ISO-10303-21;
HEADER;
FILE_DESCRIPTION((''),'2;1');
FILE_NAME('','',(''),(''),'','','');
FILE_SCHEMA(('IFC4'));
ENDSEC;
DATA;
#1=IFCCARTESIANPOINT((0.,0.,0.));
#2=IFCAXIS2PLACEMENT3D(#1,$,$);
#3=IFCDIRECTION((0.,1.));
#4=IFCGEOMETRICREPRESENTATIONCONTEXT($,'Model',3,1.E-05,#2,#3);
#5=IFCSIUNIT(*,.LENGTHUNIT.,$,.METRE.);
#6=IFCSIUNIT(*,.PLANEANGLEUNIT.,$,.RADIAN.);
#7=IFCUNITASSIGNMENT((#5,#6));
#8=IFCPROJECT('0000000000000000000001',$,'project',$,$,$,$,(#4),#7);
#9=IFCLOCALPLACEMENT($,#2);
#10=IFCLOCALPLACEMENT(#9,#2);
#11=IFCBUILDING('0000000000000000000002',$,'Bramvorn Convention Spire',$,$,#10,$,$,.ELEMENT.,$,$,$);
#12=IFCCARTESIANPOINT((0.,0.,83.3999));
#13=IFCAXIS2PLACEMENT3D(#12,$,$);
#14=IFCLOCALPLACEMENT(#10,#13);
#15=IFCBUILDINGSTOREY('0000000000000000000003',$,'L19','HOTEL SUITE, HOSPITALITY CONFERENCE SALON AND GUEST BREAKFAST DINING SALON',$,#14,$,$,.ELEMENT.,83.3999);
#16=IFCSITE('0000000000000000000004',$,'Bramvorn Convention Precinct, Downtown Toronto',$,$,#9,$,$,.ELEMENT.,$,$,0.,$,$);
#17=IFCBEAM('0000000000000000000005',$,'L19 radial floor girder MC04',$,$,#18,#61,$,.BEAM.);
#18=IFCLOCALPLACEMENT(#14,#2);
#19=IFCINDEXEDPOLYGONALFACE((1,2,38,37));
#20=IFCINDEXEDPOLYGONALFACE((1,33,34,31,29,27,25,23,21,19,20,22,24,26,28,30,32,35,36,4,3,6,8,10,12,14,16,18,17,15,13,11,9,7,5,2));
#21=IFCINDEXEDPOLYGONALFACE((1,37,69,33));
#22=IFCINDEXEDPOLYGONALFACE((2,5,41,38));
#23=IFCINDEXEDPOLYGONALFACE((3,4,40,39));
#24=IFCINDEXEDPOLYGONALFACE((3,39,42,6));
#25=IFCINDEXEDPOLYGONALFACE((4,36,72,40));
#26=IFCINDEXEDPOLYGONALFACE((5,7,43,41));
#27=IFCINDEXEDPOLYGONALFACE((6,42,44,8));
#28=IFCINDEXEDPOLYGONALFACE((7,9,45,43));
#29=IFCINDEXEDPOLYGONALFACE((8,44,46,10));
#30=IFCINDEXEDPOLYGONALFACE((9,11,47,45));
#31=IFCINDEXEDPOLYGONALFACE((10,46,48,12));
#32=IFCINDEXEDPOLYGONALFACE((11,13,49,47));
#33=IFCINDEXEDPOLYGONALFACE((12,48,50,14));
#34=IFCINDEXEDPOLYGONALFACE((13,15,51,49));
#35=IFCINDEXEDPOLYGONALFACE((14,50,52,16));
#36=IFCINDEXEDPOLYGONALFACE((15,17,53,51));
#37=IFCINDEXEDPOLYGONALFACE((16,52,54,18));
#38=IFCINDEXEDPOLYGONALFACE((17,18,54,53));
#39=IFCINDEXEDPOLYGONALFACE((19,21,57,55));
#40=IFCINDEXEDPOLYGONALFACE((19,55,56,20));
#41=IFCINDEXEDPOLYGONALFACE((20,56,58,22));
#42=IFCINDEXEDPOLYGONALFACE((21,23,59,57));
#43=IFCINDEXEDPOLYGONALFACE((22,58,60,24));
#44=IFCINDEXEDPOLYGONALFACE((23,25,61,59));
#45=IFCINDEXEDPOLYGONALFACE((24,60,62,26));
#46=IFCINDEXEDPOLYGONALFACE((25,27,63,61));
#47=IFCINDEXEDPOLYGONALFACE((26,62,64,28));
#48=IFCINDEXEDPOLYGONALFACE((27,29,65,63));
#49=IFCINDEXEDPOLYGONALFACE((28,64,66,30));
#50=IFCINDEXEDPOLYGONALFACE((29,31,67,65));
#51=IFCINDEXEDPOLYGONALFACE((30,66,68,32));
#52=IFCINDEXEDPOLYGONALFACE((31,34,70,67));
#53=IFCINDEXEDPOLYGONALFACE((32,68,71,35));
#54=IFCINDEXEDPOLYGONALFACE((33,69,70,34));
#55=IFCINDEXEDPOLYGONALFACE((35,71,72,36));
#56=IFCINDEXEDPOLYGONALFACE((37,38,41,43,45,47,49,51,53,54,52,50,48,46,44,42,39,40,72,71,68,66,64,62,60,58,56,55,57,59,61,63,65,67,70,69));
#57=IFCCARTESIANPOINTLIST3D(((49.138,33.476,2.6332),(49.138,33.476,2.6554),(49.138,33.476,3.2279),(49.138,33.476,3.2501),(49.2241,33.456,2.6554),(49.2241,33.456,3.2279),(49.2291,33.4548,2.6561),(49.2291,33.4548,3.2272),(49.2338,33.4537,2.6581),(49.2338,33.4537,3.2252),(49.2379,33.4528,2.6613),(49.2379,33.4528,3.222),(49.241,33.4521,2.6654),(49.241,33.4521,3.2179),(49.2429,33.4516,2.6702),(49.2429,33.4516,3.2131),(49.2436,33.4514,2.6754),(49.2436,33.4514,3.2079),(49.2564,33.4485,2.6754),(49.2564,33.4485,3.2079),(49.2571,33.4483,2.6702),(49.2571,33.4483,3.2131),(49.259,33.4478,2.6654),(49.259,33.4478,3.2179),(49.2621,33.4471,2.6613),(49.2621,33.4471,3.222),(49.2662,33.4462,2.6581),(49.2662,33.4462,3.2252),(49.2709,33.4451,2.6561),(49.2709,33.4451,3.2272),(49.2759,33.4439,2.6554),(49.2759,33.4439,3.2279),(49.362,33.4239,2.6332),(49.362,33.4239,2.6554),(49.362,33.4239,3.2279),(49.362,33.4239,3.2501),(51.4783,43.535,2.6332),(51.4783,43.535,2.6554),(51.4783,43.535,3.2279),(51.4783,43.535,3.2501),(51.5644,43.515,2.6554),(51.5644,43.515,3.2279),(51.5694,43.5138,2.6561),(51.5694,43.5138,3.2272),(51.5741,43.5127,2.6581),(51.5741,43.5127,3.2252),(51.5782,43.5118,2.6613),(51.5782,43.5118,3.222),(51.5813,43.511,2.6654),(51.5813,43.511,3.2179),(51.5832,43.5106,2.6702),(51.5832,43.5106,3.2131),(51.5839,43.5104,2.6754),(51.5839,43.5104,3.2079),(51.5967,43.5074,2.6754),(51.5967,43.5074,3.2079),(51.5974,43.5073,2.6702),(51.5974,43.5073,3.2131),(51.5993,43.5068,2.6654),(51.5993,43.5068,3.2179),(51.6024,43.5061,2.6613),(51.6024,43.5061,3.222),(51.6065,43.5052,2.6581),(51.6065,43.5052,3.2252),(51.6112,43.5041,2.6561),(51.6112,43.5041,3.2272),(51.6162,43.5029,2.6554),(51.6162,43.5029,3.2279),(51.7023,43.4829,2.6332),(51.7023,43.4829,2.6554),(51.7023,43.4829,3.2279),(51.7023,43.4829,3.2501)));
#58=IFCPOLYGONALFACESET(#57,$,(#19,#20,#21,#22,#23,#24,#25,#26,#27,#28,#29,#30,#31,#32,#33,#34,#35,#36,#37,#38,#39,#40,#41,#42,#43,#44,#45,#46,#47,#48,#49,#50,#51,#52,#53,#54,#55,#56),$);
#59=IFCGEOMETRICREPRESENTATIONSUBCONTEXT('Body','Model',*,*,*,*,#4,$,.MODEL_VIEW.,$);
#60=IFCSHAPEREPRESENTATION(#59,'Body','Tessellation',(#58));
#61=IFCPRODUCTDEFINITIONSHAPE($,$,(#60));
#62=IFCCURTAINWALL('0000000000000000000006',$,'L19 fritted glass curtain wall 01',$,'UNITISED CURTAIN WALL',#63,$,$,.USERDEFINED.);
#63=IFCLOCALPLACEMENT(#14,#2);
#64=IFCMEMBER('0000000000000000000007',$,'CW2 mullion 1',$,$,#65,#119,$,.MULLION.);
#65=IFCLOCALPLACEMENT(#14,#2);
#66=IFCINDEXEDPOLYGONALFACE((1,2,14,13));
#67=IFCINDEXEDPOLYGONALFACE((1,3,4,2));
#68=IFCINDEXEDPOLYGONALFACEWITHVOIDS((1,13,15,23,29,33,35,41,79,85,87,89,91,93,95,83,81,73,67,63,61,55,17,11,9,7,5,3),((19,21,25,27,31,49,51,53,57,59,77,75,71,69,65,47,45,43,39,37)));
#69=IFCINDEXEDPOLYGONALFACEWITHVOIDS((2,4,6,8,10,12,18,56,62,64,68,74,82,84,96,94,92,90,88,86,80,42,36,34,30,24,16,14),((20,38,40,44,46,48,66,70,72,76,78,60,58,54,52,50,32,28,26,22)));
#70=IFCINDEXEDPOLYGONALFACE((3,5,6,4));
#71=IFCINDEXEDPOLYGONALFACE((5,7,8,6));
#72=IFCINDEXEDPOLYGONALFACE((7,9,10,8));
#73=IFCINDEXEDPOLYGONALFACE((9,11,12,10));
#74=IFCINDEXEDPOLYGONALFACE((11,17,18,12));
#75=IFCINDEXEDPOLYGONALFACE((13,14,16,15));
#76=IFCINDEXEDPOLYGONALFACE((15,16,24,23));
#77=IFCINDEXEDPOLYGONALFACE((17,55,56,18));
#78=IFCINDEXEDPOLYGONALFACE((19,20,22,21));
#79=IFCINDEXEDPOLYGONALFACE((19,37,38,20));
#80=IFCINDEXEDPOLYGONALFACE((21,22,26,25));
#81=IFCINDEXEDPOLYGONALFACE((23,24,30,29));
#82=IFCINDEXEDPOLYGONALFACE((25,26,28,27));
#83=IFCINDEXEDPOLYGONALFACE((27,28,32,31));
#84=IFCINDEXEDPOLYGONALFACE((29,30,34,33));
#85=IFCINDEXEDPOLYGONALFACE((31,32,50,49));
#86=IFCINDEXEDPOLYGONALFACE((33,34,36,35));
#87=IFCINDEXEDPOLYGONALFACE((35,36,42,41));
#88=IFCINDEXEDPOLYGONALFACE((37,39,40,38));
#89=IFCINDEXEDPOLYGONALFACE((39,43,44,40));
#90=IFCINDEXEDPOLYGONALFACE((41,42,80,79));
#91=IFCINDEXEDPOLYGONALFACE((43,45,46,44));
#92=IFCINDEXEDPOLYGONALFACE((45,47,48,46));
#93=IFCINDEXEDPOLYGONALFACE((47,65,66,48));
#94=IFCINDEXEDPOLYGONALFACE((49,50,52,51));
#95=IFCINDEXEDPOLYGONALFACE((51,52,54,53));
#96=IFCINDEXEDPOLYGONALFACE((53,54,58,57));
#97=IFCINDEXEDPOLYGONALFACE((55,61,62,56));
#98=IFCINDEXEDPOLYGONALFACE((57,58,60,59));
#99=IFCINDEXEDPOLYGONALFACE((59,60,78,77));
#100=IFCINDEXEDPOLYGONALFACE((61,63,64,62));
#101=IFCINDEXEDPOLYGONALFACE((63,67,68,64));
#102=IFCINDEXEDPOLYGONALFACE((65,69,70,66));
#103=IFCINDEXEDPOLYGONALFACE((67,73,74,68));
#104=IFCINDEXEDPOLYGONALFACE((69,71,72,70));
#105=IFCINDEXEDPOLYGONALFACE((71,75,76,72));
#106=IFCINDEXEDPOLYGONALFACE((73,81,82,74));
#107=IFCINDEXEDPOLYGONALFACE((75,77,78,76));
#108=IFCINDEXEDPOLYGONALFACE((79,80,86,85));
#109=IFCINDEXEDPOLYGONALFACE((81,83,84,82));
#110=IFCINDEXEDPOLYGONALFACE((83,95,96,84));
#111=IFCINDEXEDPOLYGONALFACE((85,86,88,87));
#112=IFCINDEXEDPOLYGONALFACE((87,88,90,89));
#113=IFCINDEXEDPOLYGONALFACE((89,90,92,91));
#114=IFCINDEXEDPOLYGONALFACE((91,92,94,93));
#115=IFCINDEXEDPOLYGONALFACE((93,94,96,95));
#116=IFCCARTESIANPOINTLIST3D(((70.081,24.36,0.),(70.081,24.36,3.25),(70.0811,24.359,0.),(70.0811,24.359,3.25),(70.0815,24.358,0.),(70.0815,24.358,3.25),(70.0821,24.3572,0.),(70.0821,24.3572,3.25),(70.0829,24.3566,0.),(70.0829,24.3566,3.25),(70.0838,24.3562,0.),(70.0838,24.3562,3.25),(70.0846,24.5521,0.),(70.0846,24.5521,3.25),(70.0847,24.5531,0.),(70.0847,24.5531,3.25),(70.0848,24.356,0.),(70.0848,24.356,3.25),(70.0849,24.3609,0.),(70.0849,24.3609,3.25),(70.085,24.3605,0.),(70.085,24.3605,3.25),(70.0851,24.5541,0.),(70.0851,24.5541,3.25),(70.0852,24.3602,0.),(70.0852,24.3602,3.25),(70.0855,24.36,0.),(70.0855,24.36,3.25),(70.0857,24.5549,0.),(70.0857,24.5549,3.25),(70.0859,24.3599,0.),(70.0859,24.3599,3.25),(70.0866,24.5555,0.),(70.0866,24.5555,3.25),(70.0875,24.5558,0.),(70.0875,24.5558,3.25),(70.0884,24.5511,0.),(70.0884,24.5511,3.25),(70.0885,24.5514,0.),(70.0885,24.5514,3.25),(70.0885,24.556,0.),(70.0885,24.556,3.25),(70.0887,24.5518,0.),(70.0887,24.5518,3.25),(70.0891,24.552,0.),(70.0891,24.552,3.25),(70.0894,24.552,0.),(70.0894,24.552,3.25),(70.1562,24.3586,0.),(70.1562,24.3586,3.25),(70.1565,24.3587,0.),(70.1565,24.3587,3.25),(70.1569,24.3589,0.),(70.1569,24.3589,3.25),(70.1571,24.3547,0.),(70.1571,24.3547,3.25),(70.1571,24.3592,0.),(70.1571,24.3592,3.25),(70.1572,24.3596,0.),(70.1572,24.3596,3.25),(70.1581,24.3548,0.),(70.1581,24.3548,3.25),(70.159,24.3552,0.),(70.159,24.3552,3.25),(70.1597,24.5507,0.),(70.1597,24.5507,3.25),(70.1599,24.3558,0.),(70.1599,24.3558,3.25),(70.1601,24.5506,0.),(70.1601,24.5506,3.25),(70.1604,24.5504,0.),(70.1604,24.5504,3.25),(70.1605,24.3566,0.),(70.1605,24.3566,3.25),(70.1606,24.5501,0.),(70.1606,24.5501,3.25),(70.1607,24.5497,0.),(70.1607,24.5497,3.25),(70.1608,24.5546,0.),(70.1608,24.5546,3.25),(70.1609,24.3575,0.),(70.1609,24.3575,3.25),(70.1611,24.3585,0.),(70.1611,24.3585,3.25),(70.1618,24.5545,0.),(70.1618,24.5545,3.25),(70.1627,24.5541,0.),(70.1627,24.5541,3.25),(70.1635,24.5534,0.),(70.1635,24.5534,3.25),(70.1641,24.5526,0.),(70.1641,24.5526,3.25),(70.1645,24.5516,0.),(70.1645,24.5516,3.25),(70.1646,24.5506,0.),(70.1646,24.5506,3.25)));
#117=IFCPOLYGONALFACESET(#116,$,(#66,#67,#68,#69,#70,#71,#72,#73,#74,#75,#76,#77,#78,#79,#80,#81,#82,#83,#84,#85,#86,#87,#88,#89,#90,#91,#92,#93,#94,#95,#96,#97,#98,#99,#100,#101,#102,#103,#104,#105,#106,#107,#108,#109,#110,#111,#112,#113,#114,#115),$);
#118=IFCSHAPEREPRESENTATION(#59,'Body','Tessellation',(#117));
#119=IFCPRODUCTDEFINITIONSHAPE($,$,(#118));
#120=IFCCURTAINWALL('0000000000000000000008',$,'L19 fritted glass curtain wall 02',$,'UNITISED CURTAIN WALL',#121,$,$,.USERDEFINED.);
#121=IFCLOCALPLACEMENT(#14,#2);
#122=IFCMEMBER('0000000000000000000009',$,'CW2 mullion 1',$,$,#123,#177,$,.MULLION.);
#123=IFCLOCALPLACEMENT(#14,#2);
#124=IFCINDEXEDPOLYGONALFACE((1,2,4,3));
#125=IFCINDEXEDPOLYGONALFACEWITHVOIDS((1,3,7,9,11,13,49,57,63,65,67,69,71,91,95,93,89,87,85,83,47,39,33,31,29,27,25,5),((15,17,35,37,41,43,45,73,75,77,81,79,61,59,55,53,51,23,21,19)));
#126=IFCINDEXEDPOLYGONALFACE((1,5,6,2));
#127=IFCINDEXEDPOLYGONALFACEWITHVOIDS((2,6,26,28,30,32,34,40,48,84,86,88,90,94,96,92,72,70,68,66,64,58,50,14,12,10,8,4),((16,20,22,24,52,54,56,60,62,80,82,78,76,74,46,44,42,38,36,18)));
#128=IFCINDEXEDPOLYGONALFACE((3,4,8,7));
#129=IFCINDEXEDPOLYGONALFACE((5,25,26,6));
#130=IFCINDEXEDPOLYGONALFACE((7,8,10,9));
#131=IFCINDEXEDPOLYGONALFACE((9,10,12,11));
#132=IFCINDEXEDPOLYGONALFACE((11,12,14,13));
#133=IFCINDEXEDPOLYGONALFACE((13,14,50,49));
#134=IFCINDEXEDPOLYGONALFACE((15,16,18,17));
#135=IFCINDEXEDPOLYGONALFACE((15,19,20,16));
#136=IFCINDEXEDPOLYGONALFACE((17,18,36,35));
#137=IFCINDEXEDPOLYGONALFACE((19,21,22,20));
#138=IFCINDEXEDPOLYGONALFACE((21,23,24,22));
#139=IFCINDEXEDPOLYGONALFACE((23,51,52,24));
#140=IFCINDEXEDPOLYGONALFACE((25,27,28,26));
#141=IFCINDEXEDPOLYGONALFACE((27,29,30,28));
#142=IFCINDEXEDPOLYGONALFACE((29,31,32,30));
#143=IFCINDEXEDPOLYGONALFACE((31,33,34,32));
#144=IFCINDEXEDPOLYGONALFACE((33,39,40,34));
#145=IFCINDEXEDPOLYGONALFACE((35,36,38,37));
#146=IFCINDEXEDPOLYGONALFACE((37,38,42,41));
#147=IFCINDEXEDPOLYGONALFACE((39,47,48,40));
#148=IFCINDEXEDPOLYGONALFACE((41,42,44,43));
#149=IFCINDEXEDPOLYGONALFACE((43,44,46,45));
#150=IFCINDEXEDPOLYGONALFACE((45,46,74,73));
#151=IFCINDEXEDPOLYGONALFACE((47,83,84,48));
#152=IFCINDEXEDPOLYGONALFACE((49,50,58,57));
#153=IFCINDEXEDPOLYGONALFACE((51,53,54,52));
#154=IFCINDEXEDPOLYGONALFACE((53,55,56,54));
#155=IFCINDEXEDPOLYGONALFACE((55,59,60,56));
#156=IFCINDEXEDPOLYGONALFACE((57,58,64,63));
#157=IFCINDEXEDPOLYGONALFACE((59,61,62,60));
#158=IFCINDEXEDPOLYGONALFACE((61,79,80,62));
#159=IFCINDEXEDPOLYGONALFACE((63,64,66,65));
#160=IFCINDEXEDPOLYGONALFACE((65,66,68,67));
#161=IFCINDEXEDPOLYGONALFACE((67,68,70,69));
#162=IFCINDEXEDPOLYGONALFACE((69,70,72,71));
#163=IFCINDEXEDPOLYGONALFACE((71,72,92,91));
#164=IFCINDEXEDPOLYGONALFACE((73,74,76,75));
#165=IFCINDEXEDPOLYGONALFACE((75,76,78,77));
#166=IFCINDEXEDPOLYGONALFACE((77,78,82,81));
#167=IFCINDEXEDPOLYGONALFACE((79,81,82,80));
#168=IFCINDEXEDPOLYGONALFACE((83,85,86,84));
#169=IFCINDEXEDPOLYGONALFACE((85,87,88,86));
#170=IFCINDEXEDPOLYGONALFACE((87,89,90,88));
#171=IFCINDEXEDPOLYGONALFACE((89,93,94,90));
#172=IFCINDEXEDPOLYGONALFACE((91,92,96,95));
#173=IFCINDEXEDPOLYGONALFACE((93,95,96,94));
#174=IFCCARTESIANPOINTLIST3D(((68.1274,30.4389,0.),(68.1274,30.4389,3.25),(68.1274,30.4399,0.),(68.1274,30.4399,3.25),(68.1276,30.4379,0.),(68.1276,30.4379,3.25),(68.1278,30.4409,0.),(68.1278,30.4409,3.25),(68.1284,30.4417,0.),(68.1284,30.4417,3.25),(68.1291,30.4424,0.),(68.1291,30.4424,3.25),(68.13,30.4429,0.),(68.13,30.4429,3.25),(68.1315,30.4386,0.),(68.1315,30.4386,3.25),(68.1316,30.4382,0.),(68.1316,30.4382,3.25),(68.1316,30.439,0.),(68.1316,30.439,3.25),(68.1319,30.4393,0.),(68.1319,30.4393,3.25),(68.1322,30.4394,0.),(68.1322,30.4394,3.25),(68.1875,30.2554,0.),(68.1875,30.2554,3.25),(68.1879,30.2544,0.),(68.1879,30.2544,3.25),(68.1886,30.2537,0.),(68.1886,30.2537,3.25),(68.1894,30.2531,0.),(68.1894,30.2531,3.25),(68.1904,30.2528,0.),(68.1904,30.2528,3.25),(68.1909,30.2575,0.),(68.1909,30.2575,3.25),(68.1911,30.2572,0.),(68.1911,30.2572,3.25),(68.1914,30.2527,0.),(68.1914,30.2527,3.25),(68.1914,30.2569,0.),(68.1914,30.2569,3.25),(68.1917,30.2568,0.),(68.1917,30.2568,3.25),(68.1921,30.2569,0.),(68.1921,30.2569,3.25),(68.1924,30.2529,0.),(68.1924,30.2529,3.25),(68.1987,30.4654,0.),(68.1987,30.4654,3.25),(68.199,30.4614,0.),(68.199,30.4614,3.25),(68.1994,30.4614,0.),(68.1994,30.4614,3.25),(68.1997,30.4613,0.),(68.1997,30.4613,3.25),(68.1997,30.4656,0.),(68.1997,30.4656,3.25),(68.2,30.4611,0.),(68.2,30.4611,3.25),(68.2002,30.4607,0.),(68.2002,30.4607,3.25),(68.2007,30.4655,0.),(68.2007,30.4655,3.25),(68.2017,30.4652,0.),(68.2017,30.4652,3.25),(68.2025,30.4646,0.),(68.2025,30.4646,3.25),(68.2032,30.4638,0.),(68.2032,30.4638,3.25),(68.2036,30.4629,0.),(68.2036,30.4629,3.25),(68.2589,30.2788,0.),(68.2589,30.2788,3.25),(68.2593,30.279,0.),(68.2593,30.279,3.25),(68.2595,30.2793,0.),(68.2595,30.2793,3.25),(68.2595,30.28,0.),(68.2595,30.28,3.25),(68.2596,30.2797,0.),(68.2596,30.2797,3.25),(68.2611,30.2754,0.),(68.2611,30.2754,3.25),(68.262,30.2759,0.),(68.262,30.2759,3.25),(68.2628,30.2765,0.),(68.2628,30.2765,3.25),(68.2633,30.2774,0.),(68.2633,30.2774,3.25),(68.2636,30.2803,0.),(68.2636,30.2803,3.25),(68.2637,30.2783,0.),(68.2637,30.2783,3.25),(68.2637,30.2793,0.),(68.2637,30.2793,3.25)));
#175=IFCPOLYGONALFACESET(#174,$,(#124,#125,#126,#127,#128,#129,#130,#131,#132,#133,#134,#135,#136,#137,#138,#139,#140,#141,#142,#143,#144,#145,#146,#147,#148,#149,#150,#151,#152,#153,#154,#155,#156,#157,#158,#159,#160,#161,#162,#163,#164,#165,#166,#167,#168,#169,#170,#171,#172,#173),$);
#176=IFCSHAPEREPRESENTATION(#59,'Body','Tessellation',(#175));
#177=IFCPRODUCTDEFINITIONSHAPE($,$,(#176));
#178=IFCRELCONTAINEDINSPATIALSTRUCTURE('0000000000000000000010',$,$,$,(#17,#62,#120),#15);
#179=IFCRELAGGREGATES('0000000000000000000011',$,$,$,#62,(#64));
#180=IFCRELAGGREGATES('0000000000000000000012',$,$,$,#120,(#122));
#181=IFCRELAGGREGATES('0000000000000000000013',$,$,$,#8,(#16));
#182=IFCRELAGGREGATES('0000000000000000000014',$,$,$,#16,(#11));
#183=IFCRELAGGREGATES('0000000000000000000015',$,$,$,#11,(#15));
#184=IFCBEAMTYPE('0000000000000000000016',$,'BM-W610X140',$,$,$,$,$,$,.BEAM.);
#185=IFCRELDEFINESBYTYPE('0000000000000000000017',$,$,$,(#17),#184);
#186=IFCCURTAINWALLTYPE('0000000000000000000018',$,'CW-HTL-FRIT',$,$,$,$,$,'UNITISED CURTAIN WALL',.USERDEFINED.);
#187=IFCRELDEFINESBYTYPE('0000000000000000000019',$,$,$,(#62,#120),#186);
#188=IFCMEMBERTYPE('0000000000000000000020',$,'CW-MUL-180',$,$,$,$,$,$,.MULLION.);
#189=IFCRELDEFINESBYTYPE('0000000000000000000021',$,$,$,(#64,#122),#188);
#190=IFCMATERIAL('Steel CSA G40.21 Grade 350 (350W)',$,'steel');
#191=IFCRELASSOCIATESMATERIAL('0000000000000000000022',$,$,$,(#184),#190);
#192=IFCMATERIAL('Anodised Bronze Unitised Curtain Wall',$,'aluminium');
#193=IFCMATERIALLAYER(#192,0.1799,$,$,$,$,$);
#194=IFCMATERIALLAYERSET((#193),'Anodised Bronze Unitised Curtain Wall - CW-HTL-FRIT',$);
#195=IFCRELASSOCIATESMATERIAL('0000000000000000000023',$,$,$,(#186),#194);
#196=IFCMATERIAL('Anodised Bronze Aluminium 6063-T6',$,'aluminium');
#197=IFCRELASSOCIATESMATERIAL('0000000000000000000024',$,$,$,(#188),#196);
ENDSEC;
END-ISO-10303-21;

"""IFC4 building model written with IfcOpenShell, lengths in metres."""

from ifc_helpers import new_model, si_unit, direction, frame, origin, origin_2d, place, context, subcontext, project, spatial, hollow_rectangle, i_section, extrude, material, layer, layer_set, material_profile, profile_set, type_object, element, aggregate, save


model = new_model("IFC4")

# Units and contexts
model_context = context("Model", 3, precision=1e-05, world=origin(), true_north=direction((0.0, 1.0)))
body_context = subcontext(model_context, "Body", "Model", "MODEL_VIEW")
ifc_project = project(units=[si_unit("LENGTHUNIT", "METRE"), si_unit("PLANEANGLEUNIT", "RADIAN")], contexts=[model_context])

# Site, building, storey
site_placement = place(None, origin())
site = spatial("IfcSite", under=ifc_project, at=site_placement, Name="Bramvorn Convention Precinct, Downtown Toronto", CompositionType="ELEMENT", RefElevation=0.0)
building_placement = place(site_placement, origin())
building = spatial("IfcBuilding", under=site, at=building_placement, Name="Bramvorn Convention Spire", CompositionType="ELEMENT")
storey_placement = place(building_placement, frame((0.0, 0.0, 83.3999)))
storey = spatial("IfcBuildingStorey", under=building, at=storey_placement, Name="L19", Description="HOTEL SUITE, HOSPITALITY CONFERENCE SALON AND GUEST BREAKFAST DINING SALON", CompositionType="ELEMENT", Elevation=83.3999)

# Shared definitions
ifc_material_1 = material(Name="Steel CSA G40.21 Grade 350 (350W)", Category="steel")

# Beam
ifc_material_profile_1 = material_profile(ifc_material_1, i_section(OverallWidth=0.23, OverallDepth=0.6169, WebThickness=0.0132, FlangeThickness=0.0222, FilletRadius=0.02, at=origin_2d()))
ifc_profile_set_1 = profile_set([ifc_material_profile_1], Name="Steel CSA G40.21 Grade 350 (350W) - W610X140")
beam_type_1 = type_object("IfcBeamType", Name="BM-W610X140", PredefinedType="BEAM", material=ifc_profile_set_1)
beam_1_placement = place(storey_placement, frame((49.25, 33.45, 2.9417), z_axis=(0.226606, 0.973986, 0.0), x_axis=(-0.973986, 0.226606, 0.0)))
element("IfcBeam", 1, at=beam_1_placement, inside=storey, type_object=beam_type_1, Name="L19 radial floor girder MC04", PredefinedType="BEAM", context=body_context, shape_type="SweptSolid", body=[
    extrude(i_section(OverallWidth=0.23, OverallDepth=0.6169, WebThickness=0.0132, FlangeThickness=0.0222, FilletRadius=0.02, at=origin_2d()), origin(), (0.0, 0.0, 1.0), 10.3276),
])

# Curtain wall, member
ifc_material_2 = material(Name="Anodised Bronze Unitised Curtain Wall", Category="aluminium")
ifc_layer_1 = layer(ifc_material_2, 0.1799)
ifc_layer_set_1 = layer_set([ifc_layer_1], Name="Anodised Bronze Unitised Curtain Wall - CW-HTL-FRIT")
curtain_wall_type = type_object("IfcCurtainWallType", Name="CW-HTL-FRIT", ElementType="UNITISED CURTAIN WALL", PredefinedType="USERDEFINED", material=ifc_layer_set_1)
curtain_wall_1_placement = place(storey_placement, origin())
curtain_wall_1 = element("IfcCurtainWall", 2, at=curtain_wall_1_placement, inside=storey, type_object=curtain_wall_type, Name="L19 fritted glass curtain wall 01", ObjectType="UNITISED CURTAIN WALL", PredefinedType="USERDEFINED")
ifc_material_3 = material(Name="Anodised Bronze Aluminium 6063-T6", Category="aluminium")
ifc_material_profile_2 = material_profile(ifc_material_3, hollow_rectangle(XDim=0.0801, YDim=0.2, WallThickness=0.0039, InnerFilletRadius=0.001, OuterFilletRadius=0.0039, at=origin_2d()))
ifc_profile_set_2 = profile_set([ifc_material_profile_2], Name="Anodised Bronze Aluminium 6063-T6 - CWM80X200")
member_type_1 = type_object("IfcMemberType", Name="CW-MUL-180", PredefinedType="MULLION", material=ifc_profile_set_2)
member_1_placement = place(storey_placement, frame((70.1228, 24.4553, 0.0), z_axis=(0.0, 0.0, 1.0), x_axis=(0.999828, -0.018536, 0.0)))
member_1 = element("IfcMember", 3, at=member_1_placement, type_object=member_type_1, Name="CW2 mullion 1", PredefinedType="MULLION", context=body_context, shape_type="SweptSolid", body=[
    extrude(hollow_rectangle(XDim=0.0801, YDim=0.2, WallThickness=0.0039, InnerFilletRadius=0.001, OuterFilletRadius=0.0039, at=origin_2d()), origin(), (0.0, 0.0, 1.0), 3.25),
])

# Curtain wall, member
curtain_wall_2_placement = place(storey_placement, origin())
curtain_wall_2 = element("IfcCurtainWall", 4, at=curtain_wall_2_placement, inside=storey, type_object=curtain_wall_type, Name="L19 fritted glass curtain wall 02", ObjectType="UNITISED CURTAIN WALL", PredefinedType="USERDEFINED")
member_2_placement = place(storey_placement, frame((68.1956, 30.3591, 0.0), z_axis=(0.0, 0.0, 1.0), x_axis=(0.950133, 0.311844, 0.0)))
member_2 = element("IfcMember", 5, at=member_2_placement, type_object=member_type_1, Name="CW2 mullion 1", PredefinedType="MULLION", context=body_context, shape_type="SweptSolid", body=[
    extrude(hollow_rectangle(XDim=0.0801, YDim=0.2, WallThickness=0.0039, InnerFilletRadius=0.001, OuterFilletRadius=0.0039, at=origin_2d()), origin(), (0.0, 0.0, 1.0), 3.25),
])

aggregate(curtain_wall_1, [member_1])
aggregate(curtain_wall_2, [member_2])

save(model, "model.ifc")
